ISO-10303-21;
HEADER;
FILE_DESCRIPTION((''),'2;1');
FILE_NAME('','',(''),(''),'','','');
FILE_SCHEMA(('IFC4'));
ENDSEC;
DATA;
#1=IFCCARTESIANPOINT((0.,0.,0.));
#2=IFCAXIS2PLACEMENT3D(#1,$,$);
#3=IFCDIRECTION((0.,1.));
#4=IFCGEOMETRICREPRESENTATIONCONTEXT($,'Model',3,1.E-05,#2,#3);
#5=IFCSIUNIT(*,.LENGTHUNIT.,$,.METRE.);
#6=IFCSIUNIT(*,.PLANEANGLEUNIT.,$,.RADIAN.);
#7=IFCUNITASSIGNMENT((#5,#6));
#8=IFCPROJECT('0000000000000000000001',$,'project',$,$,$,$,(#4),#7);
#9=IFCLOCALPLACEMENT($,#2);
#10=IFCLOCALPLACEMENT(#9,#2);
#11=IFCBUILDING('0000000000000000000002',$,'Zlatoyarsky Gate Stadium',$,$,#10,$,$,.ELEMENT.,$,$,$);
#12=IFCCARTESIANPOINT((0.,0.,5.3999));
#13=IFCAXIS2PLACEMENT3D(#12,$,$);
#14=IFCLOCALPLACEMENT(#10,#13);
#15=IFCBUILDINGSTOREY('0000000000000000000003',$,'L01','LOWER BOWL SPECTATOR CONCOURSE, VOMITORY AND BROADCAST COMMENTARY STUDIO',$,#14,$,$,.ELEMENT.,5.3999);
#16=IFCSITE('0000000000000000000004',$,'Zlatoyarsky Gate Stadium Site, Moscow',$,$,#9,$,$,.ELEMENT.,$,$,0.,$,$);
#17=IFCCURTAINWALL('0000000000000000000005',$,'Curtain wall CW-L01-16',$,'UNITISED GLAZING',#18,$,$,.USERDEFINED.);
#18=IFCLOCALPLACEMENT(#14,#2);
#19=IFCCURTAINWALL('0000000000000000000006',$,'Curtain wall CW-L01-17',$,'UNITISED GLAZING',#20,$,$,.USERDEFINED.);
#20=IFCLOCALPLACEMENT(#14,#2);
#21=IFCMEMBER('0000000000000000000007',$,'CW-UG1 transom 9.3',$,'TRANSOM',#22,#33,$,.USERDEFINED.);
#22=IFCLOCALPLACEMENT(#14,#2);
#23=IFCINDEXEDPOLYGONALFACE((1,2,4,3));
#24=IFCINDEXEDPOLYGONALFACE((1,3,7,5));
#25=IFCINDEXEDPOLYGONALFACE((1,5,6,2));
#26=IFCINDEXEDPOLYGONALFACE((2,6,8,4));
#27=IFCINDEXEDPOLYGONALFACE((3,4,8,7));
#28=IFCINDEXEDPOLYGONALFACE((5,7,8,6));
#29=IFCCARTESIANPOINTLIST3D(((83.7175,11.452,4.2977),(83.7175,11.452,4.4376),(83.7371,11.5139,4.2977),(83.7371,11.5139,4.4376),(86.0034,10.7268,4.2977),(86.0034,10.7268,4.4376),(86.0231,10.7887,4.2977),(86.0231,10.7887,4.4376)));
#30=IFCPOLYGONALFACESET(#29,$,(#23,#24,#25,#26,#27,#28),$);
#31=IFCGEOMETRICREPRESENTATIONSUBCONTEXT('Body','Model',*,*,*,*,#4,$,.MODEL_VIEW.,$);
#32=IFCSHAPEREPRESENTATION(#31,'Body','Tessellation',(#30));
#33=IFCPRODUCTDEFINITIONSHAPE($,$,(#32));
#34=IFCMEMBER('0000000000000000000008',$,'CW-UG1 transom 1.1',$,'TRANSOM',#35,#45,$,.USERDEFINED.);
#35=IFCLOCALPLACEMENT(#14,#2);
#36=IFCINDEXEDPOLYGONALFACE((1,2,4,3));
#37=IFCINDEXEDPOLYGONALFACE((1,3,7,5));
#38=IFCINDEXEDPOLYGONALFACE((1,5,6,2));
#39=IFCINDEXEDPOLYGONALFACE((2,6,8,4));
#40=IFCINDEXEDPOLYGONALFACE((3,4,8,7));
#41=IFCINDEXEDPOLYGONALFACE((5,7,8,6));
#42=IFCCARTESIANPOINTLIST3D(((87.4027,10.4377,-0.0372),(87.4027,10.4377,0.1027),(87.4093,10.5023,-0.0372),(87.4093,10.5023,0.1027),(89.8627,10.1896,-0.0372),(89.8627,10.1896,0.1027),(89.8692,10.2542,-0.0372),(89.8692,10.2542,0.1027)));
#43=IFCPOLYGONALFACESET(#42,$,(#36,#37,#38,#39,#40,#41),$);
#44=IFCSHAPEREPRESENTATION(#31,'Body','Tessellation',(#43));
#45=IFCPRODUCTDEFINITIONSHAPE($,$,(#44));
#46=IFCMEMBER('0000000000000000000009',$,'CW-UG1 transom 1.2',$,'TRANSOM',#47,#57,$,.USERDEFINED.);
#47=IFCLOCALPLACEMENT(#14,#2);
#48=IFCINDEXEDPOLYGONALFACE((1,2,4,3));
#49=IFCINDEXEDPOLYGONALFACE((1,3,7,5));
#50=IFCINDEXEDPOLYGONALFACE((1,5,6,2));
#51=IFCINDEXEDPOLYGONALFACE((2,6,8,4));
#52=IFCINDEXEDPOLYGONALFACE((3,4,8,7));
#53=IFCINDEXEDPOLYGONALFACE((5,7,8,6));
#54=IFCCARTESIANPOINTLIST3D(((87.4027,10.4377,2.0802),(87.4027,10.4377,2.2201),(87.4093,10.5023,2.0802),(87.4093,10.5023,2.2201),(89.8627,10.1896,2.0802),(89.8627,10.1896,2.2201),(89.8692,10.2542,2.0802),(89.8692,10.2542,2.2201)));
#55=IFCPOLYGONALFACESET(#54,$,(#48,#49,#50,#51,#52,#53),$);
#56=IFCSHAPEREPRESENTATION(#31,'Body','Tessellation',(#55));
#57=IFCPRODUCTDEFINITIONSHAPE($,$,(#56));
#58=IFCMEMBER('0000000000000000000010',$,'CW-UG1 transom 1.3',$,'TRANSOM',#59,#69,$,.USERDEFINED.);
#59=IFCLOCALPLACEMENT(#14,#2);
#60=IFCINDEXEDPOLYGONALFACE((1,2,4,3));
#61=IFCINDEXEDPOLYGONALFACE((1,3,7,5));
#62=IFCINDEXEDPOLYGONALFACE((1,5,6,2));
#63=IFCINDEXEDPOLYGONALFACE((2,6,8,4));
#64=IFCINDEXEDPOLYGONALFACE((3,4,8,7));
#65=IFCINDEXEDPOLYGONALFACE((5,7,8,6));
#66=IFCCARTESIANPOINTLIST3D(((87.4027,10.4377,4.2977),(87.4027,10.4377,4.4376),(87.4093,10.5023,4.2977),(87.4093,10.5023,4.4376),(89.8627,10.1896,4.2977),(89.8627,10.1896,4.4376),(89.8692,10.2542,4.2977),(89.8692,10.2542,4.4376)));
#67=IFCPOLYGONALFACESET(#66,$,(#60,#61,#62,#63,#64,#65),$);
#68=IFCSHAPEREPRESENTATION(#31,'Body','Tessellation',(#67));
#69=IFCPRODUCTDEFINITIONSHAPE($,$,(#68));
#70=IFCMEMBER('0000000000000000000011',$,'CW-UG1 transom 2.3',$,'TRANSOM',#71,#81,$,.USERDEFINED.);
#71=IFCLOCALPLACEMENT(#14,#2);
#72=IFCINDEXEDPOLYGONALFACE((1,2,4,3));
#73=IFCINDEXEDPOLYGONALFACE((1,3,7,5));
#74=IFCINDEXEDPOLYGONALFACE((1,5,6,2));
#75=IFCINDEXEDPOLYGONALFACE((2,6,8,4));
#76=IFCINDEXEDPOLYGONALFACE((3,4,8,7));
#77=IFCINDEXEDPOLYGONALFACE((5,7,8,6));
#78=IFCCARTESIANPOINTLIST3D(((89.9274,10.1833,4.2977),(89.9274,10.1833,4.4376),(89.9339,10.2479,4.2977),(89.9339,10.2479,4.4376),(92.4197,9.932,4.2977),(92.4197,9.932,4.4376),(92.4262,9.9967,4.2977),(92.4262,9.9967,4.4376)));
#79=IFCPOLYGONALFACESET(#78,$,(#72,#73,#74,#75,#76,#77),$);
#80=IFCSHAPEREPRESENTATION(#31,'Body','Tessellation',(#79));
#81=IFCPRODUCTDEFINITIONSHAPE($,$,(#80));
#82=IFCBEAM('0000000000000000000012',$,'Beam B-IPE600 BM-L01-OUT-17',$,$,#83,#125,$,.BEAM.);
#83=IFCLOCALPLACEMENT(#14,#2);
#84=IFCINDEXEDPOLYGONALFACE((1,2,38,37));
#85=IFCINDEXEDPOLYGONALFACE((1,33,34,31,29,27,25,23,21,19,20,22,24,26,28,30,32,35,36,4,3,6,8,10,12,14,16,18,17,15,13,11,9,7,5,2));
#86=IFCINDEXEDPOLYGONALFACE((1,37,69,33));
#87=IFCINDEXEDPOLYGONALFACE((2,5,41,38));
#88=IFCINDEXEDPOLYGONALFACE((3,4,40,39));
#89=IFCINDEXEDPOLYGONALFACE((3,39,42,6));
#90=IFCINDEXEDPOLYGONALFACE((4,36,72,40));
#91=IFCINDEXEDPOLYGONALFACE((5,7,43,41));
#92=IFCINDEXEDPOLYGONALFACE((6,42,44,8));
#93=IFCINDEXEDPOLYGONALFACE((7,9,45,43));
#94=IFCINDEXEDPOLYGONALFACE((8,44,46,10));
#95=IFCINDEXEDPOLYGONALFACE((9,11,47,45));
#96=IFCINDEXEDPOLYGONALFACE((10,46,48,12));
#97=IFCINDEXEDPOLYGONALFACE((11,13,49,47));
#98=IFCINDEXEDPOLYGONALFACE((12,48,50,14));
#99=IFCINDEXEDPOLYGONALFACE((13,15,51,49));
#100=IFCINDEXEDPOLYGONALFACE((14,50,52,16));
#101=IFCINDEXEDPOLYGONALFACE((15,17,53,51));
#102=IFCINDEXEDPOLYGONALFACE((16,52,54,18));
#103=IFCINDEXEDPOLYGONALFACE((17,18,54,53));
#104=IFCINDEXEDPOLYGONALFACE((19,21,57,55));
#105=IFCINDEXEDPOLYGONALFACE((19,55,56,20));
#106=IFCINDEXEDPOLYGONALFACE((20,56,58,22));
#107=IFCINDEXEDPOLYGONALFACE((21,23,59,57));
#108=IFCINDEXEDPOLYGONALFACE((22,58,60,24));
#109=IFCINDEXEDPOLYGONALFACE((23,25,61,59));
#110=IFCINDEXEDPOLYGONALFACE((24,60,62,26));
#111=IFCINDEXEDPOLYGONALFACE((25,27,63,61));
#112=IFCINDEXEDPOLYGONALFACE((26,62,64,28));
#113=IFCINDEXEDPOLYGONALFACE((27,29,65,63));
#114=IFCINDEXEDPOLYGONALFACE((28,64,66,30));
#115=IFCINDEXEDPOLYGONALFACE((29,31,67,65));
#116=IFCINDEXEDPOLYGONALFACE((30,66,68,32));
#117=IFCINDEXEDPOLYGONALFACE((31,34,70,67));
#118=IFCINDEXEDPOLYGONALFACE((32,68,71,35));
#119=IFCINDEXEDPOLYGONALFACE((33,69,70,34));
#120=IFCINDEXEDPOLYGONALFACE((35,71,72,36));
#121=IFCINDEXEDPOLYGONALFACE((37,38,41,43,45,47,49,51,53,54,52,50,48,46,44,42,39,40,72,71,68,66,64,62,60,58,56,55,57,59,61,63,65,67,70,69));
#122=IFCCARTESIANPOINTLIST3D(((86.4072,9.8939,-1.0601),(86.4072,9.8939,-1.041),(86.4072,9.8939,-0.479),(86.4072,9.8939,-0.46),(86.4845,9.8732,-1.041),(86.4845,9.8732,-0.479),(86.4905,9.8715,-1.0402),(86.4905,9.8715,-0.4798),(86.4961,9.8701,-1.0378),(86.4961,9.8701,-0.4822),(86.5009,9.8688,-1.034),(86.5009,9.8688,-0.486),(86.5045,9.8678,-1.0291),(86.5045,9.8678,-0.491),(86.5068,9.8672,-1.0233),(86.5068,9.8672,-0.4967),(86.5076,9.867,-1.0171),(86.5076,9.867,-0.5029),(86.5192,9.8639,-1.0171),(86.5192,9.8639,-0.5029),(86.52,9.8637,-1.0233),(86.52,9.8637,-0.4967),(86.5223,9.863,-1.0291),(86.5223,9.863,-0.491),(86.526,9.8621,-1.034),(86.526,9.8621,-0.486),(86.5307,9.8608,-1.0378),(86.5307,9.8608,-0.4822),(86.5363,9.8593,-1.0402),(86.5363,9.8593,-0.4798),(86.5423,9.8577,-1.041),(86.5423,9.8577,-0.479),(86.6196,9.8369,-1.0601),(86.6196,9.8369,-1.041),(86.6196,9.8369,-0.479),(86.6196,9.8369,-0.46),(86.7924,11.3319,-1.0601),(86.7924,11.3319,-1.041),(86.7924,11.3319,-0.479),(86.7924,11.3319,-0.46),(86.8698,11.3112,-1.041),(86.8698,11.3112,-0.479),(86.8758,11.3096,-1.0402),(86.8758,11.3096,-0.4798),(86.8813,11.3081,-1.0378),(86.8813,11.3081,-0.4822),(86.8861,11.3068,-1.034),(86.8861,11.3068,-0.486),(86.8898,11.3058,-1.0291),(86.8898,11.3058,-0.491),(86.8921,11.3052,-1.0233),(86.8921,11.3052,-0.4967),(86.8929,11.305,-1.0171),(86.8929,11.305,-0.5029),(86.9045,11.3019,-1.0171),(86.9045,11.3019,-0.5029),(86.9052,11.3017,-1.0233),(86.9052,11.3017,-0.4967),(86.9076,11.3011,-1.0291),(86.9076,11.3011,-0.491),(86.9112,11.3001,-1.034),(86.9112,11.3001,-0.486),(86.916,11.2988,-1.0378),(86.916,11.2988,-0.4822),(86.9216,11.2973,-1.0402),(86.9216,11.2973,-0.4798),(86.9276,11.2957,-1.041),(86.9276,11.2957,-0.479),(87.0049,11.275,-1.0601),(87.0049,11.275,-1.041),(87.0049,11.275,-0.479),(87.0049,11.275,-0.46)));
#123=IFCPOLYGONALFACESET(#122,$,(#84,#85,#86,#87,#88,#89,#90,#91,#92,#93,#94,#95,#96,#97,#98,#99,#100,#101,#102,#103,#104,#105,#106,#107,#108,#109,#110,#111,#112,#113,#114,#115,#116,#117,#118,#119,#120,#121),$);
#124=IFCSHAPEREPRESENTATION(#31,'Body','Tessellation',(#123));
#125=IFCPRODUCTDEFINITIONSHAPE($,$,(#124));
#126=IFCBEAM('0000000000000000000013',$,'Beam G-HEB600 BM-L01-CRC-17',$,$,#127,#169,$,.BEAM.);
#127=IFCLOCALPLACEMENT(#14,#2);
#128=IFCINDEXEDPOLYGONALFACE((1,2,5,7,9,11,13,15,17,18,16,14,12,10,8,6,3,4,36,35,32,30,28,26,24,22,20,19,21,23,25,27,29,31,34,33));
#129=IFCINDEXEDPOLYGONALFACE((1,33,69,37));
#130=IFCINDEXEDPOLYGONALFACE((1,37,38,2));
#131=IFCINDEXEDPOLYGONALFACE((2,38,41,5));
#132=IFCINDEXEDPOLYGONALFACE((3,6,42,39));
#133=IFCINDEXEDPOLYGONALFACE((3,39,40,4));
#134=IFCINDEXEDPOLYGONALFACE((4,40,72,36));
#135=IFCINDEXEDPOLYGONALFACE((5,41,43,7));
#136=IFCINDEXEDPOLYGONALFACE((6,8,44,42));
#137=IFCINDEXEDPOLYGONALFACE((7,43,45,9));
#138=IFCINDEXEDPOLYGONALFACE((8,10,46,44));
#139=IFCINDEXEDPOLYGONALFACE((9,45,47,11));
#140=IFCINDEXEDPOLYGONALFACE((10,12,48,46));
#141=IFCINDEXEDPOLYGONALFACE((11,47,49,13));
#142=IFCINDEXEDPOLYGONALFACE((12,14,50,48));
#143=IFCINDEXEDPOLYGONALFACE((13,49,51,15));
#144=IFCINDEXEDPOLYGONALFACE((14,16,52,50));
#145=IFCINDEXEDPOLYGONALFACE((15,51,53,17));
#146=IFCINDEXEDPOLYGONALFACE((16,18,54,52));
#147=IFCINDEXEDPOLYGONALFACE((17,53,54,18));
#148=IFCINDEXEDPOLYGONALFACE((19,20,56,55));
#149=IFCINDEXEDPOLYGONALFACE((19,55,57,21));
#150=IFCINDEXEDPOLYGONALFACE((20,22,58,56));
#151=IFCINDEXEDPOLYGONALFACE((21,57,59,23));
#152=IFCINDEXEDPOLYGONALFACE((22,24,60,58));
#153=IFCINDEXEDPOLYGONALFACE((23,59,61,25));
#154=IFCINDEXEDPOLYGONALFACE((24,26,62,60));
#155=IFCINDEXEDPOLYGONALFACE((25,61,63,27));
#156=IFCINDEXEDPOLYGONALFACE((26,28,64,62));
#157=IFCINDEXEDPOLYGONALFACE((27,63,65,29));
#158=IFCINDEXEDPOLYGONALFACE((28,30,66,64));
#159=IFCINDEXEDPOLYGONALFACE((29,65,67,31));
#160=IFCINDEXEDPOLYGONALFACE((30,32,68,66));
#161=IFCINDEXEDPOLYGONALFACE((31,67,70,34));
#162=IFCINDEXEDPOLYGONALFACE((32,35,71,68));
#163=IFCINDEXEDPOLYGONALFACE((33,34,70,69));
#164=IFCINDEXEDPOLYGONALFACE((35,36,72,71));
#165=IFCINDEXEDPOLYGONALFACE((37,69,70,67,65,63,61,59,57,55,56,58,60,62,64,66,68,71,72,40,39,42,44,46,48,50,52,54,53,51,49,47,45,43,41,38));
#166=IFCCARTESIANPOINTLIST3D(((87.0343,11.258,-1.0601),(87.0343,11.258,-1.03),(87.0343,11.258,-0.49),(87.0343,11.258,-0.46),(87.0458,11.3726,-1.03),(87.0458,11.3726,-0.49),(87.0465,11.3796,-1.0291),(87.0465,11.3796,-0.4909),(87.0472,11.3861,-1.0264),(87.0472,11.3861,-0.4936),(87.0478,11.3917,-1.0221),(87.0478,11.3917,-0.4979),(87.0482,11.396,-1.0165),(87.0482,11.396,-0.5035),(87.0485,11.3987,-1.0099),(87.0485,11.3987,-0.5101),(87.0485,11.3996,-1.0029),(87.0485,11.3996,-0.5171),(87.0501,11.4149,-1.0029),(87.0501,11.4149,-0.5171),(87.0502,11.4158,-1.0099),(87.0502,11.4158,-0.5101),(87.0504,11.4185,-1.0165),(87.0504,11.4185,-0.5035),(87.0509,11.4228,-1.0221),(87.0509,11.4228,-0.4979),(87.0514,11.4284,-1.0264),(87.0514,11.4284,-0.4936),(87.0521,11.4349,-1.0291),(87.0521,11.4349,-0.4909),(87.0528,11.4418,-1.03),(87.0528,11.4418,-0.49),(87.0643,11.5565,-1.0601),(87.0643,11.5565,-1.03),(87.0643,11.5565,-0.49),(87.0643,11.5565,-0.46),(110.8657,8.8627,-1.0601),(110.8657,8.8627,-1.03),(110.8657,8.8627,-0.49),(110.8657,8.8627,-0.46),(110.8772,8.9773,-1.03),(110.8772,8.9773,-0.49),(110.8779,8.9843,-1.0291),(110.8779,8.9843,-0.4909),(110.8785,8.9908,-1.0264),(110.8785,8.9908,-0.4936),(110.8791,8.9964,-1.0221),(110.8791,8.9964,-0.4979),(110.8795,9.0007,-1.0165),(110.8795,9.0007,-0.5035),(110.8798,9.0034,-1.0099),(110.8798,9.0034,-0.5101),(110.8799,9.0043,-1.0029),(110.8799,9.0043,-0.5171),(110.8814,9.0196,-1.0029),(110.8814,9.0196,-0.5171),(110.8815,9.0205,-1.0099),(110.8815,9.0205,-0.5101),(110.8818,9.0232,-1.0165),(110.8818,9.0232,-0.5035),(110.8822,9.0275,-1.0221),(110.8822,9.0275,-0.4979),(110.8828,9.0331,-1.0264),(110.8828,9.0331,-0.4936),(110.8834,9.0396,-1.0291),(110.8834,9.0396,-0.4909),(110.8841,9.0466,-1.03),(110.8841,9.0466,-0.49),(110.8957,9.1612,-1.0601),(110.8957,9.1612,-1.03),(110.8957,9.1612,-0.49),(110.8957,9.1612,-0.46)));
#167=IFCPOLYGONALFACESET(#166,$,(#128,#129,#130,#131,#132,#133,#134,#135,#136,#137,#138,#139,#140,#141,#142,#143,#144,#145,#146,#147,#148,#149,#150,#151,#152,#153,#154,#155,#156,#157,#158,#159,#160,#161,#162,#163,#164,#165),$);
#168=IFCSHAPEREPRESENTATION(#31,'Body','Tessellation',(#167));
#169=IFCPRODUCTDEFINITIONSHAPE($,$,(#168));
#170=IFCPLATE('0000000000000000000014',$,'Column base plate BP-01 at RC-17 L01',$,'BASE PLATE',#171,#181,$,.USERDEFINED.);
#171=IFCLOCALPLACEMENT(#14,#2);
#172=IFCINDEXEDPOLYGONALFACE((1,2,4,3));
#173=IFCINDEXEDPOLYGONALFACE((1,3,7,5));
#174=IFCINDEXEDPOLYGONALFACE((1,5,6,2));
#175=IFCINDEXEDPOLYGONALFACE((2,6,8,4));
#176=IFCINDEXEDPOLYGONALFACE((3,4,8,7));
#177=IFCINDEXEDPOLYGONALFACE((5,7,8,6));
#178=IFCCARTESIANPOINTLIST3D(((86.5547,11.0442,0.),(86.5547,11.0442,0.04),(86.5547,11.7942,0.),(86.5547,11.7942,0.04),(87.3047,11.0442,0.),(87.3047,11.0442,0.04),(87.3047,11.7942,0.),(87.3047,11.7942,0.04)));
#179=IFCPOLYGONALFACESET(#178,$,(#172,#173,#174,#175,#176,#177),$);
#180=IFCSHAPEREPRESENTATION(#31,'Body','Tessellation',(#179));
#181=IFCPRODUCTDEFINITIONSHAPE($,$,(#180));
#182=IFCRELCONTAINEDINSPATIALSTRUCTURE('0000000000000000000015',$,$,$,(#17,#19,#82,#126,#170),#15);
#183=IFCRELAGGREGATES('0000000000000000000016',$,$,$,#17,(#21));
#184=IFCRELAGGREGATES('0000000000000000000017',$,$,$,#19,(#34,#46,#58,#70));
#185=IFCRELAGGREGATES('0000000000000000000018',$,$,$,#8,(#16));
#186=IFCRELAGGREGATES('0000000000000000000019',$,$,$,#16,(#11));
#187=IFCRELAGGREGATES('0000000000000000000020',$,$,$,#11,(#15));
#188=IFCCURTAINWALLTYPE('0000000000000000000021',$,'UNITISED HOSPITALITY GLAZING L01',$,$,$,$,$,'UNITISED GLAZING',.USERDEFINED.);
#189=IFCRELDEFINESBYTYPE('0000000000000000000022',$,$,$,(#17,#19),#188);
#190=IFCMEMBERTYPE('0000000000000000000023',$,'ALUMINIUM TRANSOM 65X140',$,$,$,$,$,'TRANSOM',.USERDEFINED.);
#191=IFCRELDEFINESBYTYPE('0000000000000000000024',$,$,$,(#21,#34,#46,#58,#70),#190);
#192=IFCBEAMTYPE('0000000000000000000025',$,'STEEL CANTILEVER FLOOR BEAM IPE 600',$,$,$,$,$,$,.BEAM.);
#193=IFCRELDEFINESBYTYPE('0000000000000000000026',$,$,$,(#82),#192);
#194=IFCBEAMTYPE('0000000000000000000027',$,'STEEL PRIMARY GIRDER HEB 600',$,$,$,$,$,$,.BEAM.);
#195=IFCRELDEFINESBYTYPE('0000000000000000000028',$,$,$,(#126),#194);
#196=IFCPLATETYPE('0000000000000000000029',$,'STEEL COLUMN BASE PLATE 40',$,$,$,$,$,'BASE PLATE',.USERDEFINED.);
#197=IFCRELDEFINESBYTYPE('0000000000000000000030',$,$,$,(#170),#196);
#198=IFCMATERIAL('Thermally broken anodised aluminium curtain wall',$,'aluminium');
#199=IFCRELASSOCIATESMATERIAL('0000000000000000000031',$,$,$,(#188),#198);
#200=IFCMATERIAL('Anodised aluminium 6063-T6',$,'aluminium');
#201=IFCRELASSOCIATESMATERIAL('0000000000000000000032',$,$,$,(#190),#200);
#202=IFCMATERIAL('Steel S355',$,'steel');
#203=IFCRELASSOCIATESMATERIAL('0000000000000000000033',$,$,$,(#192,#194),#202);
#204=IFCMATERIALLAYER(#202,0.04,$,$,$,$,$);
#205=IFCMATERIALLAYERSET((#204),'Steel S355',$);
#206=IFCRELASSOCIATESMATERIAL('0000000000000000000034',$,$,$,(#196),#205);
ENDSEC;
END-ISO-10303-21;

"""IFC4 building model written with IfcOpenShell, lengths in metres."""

from ifc_helpers import new_model, si_unit, direction, frame, origin, origin_2d, place, context, subcontext, project, spatial, rectangle, i_section, extrude, material, layer, layer_set, material_profile, profile_set, type_object, element, aggregate, save


model = new_model("IFC4")

# Units and contexts
model_context = context("Model", 3, precision=1e-05, world=origin(), true_north=direction((0.0, 1.0)))
body_context = subcontext(model_context, "Body", "Model", "MODEL_VIEW")
ifc_project = project(units=[si_unit("LENGTHUNIT", "METRE"), si_unit("PLANEANGLEUNIT", "RADIAN")], contexts=[model_context])

# Site, building, storey
site_placement = place(None, origin())
site = spatial("IfcSite", under=ifc_project, at=site_placement, Name="Zlatoyarsky Gate Stadium Site, Moscow", CompositionType="ELEMENT", RefElevation=0.0)
building_placement = place(site_placement, origin())
building = spatial("IfcBuilding", under=site, at=building_placement, Name="Zlatoyarsky Gate Stadium", CompositionType="ELEMENT")
storey_placement = place(building_placement, frame((0.0, 0.0, 5.3999)))
storey = spatial("IfcBuildingStorey", under=building, at=storey_placement, Name="L01", Description="LOWER BOWL SPECTATOR CONCOURSE, VOMITORY AND BROADCAST COMMENTARY STUDIO", CompositionType="ELEMENT", Elevation=5.3999)

# Shared definitions
ifc_material_1 = material(Name="Steel S355", Category="steel")

# Curtain walls
ifc_material_2 = material(Name="Thermally broken anodised aluminium curtain wall", Category="aluminium")
curtain_wall_type = type_object("IfcCurtainWallType", Name="UNITISED HOSPITALITY GLAZING L01", ElementType="UNITISED GLAZING", PredefinedType="USERDEFINED", material=ifc_material_2)
curtain_wall_1_placement = place(storey_placement, origin())
curtain_wall_1 = element("IfcCurtainWall", 1, at=curtain_wall_1_placement, inside=storey, type_object=curtain_wall_type, Name="Curtain wall CW-L01-16", ObjectType="UNITISED GLAZING", PredefinedType="USERDEFINED")
ifc_material_3 = material(Name="Anodised aluminium 6063-T6", Category="aluminium")
curtain_wall_2_placement = place(storey_placement, origin())
curtain_wall_2 = element("IfcCurtainWall", 2, at=curtain_wall_2_placement, inside=storey, type_object=curtain_wall_type, Name="Curtain wall CW-L01-17", ObjectType="UNITISED GLAZING", PredefinedType="USERDEFINED")

# Members
ifc_material_profile_1 = material_profile(ifc_material_3, rectangle(XDim=0.0649, YDim=0.1399, at=origin_2d()), Name="ALU 65X140")
ifc_profile_set_1 = profile_set([ifc_material_profile_1], Name="Anodised aluminium 6063-T6")
member_type_1 = type_object("IfcMemberType", Name="ALUMINIUM TRANSOM 65X140", ElementType="TRANSOM", PredefinedType="USERDEFINED", material=ifc_profile_set_1)
member_1_placement = place(storey_placement, frame((83.7273, 11.4829, 4.3677), z_axis=(0.953194, -0.302359, 0.0), x_axis=(0.302359, 0.953194, 0.0)))
member_1 = element("IfcMember", 3, at=member_1_placement, type_object=member_type_1, Name="CW-UG1 transom 9.3", ObjectType="TRANSOM", PredefinedType="USERDEFINED", context=body_context, shape_type="SweptSolid", body=[
    extrude(rectangle(XDim=0.0649, YDim=0.1399, at=origin_2d()), origin(), (0.0, 0.0, 1.0), 2.3982),
])
member_2_placement = place(storey_placement, frame((87.406, 10.47, 0.0327), z_axis=(0.994955, -0.100325, 0.0), x_axis=(0.100325, 0.994955, 0.0)))
member_2 = element("IfcMember", 4, at=member_2_placement, type_object=member_type_1, Name="CW-UG1 transom 1.1", ObjectType="TRANSOM", PredefinedType="USERDEFINED", context=body_context, shape_type="SweptSolid", body=[
    extrude(rectangle(XDim=0.0649, YDim=0.1399, at=origin_2d()), origin(), (0.0, 0.0, 1.0), 2.4724),
])
member_3_placement = place(storey_placement, frame((87.406, 10.47, 2.1501), z_axis=(0.994955, -0.100325, 0.0), x_axis=(0.100325, 0.994955, 0.0)))
member_3 = element("IfcMember", 5, at=member_3_placement, type_object=member_type_1, Name="CW-UG1 transom 1.2", ObjectType="TRANSOM", PredefinedType="USERDEFINED", context=body_context, shape_type="SweptSolid", body=[
    extrude(rectangle(XDim=0.0649, YDim=0.1399, at=origin_2d()), origin(), (0.0, 0.0, 1.0), 2.4724),
])
member_4_placement = place(storey_placement, frame((87.406, 10.47, 4.3677), z_axis=(0.994955, -0.100325, 0.0), x_axis=(0.100325, 0.994955, 0.0)))
member_4 = element("IfcMember", 6, at=member_4_placement, type_object=member_type_1, Name="CW-UG1 transom 1.3", ObjectType="TRANSOM", PredefinedType="USERDEFINED", context=body_context, shape_type="SweptSolid", body=[
    extrude(rectangle(XDim=0.0649, YDim=0.1399, at=origin_2d()), origin(), (0.0, 0.0, 1.0), 2.4724),
])
member_5_placement = place(storey_placement, frame((89.9307, 10.2156, 4.3677), z_axis=(0.994958, -0.100295, 0.0), x_axis=(0.100295, 0.994958, 0.0)))
member_5 = element("IfcMember", 7, at=member_5_placement, type_object=member_type_1, Name="CW-UG1 transom 2.3", ObjectType="TRANSOM", PredefinedType="USERDEFINED", context=body_context, shape_type="SweptSolid", body=[
    extrude(rectangle(XDim=0.0649, YDim=0.1399, at=origin_2d()), origin(), (0.0, 0.0, 1.0), 2.5049),
])

# Beams
ifc_material_profile_2 = material_profile(ifc_material_1, i_section(OverallWidth=0.22, OverallDepth=0.6001, WebThickness=0.012, FlangeThickness=0.019, FilletRadius=0.0239, at=origin_2d()), Name="IPE 600")
ifc_profile_set_2 = profile_set([ifc_material_profile_2], Name="Steel S355")
beam_type_1 = type_object("IfcBeamType", Name="STEEL CANTILEVER FLOOR BEAM IPE 600", PredefinedType="BEAM", material=ifc_profile_set_2)
beam_1_placement = place(storey_placement, frame((86.8987, 11.3035, -0.76), z_axis=(-0.258785, -0.965935, 0.0), x_axis=(0.965935, -0.258785, 0.0)))
element("IfcBeam", 8, at=beam_1_placement, inside=storey, type_object=beam_type_1, Name="Beam B-IPE600 BM-L01-OUT-17", PredefinedType="BEAM", context=body_context, shape_type="SweptSolid", body=[
    extrude(i_section(OverallWidth=0.22, OverallDepth=0.6001, WebThickness=0.012, FlangeThickness=0.019, FilletRadius=0.0239, at=origin_2d()), origin(), (0.0, 0.0, 1.0), 1.4888),
])
ifc_material_profile_3 = material_profile(ifc_material_1, i_section(OverallWidth=0.3, OverallDepth=0.6001, WebThickness=0.0154, FlangeThickness=0.03, FilletRadius=0.0271, at=origin_2d()), Name="HEB 600")
ifc_profile_set_3 = profile_set([ifc_material_profile_3], Name="Steel S355")
beam_type_2 = type_object("IfcBeamType", Name="STEEL PRIMARY GIRDER HEB 600", PredefinedType="BEAM", material=ifc_profile_set_3)
beam_2_placement = place(storey_placement, frame((87.0493, 11.4072, -0.76), z_axis=(0.994987, -0.100005, 0.0), x_axis=(0.100005, 0.994987, 0.0)))
element("IfcBeam", 9, at=beam_2_placement, inside=storey, type_object=beam_type_2, Name="Beam G-HEB600 BM-L01-CRC-17", PredefinedType="BEAM", context=body_context, shape_type="SweptSolid", body=[
    extrude(i_section(OverallWidth=0.3, OverallDepth=0.6001, WebThickness=0.0154, FlangeThickness=0.03, FilletRadius=0.0271, at=origin_2d()), origin(), (0.0, 0.0, 1.0), 23.9514),
])

# Plate
ifc_layer_1 = layer(ifc_material_1, 0.04)
ifc_layer_set_1 = layer_set([ifc_layer_1], Name="Steel S355")
plate_type_1 = type_object("IfcPlateType", Name="STEEL COLUMN BASE PLATE 40", ElementType="BASE PLATE", PredefinedType="USERDEFINED", material=ifc_layer_set_1)
plate_1_placement = place(storey_placement, frame((86.9297, 11.4192, 0.0), z_axis=(0.0, 0.0, 1.0), x_axis=(1.0, 0.0, 0.0)))
element("IfcPlate", 10, at=plate_1_placement, inside=storey, type_object=plate_type_1, Name="Column base plate BP-01 at RC-17 L01", ObjectType="BASE PLATE", PredefinedType="USERDEFINED", context=body_context, shape_type="SweptSolid", body=[
    extrude(rectangle(XDim=0.75, YDim=0.75, at=origin_2d()), origin(), (0.0, 0.0, 1.0), 0.04),
])
aggregate(curtain_wall_1, [member_1])
aggregate(curtain_wall_2, [member_2, member_3, member_4, member_5])

save(model, "model.ifc")
